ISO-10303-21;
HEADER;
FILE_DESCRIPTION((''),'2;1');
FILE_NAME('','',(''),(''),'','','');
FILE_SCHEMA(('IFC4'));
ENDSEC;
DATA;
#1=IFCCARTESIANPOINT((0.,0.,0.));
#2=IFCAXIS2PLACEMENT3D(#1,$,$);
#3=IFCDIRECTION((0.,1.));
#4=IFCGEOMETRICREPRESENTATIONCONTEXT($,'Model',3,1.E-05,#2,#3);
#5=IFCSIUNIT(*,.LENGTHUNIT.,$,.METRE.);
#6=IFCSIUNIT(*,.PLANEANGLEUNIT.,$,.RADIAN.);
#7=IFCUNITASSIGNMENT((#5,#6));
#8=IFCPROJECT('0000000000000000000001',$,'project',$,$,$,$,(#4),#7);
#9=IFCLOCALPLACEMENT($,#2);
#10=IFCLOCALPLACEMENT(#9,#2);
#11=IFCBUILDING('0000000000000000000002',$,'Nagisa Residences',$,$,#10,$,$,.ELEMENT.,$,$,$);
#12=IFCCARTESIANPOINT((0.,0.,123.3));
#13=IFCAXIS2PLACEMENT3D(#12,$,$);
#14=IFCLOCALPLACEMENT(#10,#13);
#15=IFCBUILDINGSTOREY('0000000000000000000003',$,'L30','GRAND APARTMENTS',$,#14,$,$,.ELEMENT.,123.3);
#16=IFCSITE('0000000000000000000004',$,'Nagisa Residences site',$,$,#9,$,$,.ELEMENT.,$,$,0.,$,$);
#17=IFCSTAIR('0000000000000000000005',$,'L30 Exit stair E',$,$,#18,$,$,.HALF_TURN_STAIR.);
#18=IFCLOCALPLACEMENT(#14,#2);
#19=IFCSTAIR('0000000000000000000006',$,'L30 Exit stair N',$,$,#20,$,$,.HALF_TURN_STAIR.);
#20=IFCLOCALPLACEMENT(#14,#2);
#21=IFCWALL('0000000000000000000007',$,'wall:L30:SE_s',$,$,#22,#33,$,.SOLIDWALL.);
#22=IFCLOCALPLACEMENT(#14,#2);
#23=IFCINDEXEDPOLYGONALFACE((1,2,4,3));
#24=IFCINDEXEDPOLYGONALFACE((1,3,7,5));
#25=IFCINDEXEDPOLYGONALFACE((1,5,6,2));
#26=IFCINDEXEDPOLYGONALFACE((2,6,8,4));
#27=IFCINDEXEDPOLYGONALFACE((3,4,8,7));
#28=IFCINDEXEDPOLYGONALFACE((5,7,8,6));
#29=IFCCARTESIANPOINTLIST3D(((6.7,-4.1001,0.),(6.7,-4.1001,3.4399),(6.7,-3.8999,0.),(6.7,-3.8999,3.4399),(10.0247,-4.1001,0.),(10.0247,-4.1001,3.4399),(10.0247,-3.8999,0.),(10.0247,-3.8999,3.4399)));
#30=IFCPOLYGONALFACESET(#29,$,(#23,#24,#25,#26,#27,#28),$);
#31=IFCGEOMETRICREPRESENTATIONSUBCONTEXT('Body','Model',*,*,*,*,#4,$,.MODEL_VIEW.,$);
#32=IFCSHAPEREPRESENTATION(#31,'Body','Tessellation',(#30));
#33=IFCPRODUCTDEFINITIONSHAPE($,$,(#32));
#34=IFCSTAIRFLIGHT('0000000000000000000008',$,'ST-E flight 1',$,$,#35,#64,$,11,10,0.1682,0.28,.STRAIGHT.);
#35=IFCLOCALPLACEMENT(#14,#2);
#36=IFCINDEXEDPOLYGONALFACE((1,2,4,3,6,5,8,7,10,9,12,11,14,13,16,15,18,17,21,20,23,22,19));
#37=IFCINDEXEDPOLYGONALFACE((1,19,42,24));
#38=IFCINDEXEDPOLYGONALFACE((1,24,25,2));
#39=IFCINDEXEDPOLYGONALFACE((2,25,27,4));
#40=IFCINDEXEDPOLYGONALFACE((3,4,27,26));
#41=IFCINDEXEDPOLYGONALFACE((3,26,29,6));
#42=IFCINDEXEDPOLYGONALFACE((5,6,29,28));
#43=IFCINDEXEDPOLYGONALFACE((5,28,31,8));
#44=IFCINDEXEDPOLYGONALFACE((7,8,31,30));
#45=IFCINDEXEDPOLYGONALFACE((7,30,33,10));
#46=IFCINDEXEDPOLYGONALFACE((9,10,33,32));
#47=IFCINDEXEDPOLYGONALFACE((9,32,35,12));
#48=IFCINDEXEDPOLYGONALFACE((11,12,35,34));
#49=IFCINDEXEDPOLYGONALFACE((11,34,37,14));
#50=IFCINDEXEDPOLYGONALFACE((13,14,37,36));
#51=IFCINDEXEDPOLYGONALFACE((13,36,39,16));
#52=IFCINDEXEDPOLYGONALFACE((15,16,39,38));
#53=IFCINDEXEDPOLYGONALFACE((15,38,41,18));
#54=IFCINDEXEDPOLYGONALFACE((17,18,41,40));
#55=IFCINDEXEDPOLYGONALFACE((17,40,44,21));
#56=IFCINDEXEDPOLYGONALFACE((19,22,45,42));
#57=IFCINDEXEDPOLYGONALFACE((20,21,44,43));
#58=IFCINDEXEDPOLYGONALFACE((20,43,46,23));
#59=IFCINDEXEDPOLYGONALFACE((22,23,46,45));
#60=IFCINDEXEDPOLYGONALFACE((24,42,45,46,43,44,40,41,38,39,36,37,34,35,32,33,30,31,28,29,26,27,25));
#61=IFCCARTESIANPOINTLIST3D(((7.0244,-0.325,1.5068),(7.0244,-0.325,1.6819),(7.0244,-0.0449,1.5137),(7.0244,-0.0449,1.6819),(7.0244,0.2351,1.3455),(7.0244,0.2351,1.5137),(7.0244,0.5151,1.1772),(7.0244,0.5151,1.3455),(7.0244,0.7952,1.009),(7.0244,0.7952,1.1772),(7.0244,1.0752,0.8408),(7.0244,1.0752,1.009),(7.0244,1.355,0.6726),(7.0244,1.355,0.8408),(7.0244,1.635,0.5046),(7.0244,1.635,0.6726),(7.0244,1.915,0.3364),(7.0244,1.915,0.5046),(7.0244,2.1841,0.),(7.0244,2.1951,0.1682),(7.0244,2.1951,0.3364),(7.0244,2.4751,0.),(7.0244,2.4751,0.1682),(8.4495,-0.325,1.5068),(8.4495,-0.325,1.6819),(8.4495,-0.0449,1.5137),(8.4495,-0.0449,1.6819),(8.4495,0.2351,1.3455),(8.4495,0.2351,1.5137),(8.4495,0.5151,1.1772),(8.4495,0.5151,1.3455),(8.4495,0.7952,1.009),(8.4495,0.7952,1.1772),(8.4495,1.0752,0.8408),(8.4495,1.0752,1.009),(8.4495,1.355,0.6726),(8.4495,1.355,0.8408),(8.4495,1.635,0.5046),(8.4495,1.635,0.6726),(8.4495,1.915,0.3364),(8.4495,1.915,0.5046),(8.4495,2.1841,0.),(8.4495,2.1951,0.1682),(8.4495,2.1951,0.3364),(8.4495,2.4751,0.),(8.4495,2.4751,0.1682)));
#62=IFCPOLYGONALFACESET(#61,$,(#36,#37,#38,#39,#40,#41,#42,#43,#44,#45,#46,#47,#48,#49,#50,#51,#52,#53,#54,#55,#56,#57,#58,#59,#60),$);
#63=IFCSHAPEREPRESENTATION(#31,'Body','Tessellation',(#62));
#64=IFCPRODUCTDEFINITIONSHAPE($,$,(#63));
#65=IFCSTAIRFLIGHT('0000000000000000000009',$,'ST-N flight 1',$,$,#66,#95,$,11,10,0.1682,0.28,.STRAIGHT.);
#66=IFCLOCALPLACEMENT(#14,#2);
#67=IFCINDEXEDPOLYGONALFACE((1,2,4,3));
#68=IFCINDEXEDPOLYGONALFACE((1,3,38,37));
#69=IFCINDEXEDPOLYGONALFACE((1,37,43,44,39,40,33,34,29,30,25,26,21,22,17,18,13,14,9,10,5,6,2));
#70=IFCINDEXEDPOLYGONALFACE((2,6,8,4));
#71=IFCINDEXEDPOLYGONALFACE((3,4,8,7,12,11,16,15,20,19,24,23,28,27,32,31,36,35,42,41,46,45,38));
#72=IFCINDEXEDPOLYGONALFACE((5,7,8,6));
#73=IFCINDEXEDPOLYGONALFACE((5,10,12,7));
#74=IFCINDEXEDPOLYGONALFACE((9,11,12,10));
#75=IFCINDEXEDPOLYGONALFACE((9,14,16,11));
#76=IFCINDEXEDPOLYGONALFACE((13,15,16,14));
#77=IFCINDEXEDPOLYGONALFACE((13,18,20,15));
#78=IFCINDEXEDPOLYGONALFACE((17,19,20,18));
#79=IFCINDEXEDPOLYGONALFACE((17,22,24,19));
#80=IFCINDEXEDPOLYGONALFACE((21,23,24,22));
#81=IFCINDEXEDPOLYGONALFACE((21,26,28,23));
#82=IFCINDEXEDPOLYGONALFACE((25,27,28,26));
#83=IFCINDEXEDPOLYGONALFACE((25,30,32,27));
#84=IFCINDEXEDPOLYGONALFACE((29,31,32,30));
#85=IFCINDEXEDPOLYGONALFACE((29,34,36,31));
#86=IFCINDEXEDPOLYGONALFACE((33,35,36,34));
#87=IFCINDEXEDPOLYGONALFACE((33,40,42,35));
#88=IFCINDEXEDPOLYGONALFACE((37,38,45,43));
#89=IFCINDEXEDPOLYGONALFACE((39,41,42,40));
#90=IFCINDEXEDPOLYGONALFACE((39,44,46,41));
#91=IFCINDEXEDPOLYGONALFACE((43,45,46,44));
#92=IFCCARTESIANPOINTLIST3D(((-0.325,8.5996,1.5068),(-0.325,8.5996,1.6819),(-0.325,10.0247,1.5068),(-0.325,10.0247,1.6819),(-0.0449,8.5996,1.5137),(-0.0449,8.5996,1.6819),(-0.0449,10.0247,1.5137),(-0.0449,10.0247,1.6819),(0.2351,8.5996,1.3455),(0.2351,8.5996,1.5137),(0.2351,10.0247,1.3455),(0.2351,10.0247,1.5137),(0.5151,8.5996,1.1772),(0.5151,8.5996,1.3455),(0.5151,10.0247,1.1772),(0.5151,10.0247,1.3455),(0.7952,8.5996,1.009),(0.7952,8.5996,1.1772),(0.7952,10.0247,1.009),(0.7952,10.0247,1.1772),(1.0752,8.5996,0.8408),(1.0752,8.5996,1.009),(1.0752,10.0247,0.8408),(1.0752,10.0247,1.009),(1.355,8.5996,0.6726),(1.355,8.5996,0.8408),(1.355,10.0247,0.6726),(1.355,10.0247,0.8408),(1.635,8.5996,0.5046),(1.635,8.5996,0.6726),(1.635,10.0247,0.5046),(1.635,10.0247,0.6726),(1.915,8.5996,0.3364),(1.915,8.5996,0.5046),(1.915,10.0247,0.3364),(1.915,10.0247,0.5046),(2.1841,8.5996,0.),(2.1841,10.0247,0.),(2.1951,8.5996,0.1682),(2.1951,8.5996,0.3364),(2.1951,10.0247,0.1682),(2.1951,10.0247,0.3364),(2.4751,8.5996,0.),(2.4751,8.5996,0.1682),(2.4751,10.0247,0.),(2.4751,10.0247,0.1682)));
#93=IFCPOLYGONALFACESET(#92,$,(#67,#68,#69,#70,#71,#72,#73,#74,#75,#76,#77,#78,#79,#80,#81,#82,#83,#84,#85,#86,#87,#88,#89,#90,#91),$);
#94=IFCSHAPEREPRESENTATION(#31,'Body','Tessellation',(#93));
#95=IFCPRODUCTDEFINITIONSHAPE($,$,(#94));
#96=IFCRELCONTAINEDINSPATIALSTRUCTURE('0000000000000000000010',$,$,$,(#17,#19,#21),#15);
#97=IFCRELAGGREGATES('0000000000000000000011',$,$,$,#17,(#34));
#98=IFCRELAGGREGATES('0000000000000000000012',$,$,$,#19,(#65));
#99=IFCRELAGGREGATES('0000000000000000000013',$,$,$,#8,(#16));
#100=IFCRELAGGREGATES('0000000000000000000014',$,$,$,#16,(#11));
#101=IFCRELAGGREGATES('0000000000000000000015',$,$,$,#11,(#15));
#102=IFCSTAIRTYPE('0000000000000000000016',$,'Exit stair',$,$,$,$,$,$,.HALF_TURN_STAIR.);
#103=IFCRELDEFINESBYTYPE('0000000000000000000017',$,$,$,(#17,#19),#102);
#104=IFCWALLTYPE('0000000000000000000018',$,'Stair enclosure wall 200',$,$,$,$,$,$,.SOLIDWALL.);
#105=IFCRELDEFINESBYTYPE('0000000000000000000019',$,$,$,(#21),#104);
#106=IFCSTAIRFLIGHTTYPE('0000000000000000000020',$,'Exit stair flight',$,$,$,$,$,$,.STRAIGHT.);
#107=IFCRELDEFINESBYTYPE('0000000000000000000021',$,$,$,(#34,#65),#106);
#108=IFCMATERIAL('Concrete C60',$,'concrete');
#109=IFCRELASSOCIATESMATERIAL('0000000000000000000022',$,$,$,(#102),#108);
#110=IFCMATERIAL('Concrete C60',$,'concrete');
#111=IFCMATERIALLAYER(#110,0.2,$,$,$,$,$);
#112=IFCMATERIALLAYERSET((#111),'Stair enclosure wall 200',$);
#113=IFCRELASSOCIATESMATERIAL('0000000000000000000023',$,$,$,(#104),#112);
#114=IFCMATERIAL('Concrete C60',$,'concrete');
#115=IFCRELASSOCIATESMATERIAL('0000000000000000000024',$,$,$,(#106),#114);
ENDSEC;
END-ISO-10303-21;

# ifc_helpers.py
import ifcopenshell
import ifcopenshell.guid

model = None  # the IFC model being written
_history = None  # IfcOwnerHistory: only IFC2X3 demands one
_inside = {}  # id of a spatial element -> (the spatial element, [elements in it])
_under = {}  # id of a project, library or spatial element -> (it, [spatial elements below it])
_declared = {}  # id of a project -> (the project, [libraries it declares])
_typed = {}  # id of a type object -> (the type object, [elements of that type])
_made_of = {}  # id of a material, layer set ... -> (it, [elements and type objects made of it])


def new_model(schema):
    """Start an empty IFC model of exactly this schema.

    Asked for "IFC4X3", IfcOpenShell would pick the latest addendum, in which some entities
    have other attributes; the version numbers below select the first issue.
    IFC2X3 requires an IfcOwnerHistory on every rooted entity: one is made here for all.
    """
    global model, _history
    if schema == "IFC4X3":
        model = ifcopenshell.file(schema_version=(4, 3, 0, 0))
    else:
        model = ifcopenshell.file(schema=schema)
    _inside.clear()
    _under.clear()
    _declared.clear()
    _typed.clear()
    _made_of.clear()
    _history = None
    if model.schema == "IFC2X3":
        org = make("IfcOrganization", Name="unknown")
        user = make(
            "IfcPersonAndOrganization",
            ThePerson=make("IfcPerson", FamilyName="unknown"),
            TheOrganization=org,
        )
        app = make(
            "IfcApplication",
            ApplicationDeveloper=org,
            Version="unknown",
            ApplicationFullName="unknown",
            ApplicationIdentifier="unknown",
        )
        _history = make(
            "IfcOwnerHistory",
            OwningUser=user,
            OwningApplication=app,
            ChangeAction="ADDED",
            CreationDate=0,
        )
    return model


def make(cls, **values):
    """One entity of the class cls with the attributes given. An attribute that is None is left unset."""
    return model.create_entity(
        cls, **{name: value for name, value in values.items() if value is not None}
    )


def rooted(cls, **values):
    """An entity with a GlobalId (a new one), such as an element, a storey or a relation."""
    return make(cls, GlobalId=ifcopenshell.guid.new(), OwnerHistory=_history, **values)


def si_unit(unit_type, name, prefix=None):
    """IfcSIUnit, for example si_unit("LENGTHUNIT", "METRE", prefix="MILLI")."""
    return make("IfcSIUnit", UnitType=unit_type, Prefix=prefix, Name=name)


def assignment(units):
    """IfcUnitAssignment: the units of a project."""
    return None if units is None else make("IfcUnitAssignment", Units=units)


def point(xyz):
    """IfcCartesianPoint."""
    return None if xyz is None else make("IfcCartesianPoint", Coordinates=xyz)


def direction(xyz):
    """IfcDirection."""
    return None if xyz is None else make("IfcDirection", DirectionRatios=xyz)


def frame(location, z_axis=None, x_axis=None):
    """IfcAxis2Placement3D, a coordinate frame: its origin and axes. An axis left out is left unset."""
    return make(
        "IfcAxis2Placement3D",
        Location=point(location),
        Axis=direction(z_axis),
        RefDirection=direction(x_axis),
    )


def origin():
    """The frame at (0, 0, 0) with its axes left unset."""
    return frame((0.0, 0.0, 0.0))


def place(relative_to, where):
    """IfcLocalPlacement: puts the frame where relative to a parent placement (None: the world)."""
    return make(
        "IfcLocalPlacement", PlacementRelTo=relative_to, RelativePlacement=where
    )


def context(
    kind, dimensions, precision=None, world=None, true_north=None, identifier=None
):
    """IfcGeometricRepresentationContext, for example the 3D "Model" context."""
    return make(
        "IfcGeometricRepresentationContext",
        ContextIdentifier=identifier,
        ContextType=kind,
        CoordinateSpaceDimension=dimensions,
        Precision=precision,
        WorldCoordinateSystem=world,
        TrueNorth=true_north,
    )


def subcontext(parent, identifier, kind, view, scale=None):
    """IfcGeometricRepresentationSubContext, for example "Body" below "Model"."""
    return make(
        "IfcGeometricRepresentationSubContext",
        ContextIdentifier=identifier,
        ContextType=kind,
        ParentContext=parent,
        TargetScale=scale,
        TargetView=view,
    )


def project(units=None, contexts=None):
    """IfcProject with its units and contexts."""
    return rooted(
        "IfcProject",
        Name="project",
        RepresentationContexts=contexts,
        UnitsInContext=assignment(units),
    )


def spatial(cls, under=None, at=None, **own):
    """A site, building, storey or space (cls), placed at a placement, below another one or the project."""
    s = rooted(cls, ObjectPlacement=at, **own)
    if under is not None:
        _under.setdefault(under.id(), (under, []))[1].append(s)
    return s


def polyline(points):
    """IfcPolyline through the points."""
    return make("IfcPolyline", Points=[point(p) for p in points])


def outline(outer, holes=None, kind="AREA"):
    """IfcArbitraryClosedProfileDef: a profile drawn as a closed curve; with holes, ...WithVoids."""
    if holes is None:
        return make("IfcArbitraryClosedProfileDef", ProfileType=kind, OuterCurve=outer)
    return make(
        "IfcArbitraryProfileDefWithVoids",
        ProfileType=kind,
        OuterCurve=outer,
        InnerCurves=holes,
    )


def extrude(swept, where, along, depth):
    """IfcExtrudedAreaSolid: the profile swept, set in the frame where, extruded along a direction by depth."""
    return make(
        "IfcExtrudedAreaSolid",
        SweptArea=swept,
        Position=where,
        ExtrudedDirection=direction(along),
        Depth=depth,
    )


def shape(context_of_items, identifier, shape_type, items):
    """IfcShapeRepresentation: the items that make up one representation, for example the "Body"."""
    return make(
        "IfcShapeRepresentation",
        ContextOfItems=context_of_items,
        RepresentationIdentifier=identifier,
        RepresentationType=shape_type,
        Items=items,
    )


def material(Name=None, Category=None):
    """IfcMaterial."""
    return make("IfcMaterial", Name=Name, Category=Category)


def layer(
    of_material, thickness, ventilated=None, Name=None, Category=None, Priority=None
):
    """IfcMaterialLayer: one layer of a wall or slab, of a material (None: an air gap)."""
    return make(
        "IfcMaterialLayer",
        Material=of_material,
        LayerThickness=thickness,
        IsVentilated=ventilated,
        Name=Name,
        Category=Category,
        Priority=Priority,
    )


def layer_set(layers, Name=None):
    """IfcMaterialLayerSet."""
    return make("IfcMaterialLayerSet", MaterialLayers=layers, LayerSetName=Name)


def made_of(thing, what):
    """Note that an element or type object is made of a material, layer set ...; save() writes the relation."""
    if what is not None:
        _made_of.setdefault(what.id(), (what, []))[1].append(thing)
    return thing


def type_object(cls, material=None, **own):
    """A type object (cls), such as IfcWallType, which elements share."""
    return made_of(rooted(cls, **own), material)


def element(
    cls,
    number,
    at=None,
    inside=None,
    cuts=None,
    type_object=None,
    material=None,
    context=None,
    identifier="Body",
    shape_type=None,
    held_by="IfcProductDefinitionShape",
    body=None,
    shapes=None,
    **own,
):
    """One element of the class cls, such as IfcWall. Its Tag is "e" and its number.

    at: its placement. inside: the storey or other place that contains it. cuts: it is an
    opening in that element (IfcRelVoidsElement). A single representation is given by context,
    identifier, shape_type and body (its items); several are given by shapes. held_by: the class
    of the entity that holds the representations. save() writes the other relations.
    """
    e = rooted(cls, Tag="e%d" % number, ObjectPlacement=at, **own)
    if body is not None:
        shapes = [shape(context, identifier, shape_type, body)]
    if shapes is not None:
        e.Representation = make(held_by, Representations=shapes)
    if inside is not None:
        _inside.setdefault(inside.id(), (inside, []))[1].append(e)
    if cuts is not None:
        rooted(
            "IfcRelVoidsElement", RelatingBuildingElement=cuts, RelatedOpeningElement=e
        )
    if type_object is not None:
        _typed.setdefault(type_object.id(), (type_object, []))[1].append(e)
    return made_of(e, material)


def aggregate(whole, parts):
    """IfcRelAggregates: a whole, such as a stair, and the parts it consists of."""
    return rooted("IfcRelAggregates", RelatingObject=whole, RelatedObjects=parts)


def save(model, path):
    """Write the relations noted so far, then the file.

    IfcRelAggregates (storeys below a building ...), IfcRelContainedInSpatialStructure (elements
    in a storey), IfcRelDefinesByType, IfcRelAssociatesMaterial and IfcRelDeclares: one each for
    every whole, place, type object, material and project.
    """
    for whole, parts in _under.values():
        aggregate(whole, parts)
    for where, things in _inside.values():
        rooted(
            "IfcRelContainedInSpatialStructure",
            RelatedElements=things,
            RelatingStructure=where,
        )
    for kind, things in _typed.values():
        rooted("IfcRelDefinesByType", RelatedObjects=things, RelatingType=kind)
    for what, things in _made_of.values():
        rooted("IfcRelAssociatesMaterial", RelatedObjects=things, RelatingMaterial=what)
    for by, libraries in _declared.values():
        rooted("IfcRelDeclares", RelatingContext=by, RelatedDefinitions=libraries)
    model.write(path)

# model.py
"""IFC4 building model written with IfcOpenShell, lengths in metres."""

from ifc_helpers import new_model, si_unit, direction, frame, origin, place, context, subcontext, project, spatial, polyline, outline, extrude, material, layer, layer_set, type_object, element, aggregate, save


model = new_model("IFC4")

# Units and contexts
model_context = context("Model", 3, precision=1e-05, world=origin(), true_north=direction((0.0, 1.0)))
body_context = subcontext(model_context, "Body", "Model", "MODEL_VIEW")
ifc_project = project(units=[si_unit("LENGTHUNIT", "METRE"), si_unit("PLANEANGLEUNIT", "RADIAN")], contexts=[model_context])

# Site, building, storey
site_placement = place(None, origin())
site = spatial("IfcSite", under=ifc_project, at=site_placement, Name="Nagisa Residences site", CompositionType="ELEMENT", RefElevation=0.0)
building_placement = place(site_placement, origin())
building = spatial("IfcBuilding", under=site, at=building_placement, Name="Nagisa Residences", CompositionType="ELEMENT")
storey_placement = place(building_placement, frame((0.0, 0.0, 123.3)))
storey = spatial("IfcBuildingStorey", under=building, at=storey_placement, Name="L30", Description="GRAND APARTMENTS", CompositionType="ELEMENT", Elevation=123.3)

# Stairs
ifc_material_1 = material(Name="Concrete C60", Category="concrete")
stair_type = type_object("IfcStairType", Name="Exit stair", PredefinedType="HALF_TURN_STAIR", material=ifc_material_1)
stair_1_placement = place(storey_placement, origin())
stair_1 = element("IfcStair", 1, at=stair_1_placement, inside=storey, type_object=stair_type, Name="L30 Exit stair E", PredefinedType="HALF_TURN_STAIR")
stair_2_placement = place(storey_placement, origin())
stair_2 = element("IfcStair", 2, at=stair_2_placement, inside=storey, type_object=stair_type, Name="L30 Exit stair N", PredefinedType="HALF_TURN_STAIR")

# Shared definitions
ifc_material_2 = material(Name="Concrete C60", Category="concrete")
ifc_layer_1 = layer(ifc_material_2, 0.2)
ifc_layer_set_1 = layer_set([ifc_layer_1], Name="Stair enclosure wall 200")
wall_type_1 = type_object("IfcWallType", Name="Stair enclosure wall 200", PredefinedType="SOLIDWALL", material=ifc_layer_set_1)

# Wall
wall_1_placement = place(storey_placement, origin())
element("IfcWall", 3, at=wall_1_placement, inside=storey, type_object=wall_type_1, Name="wall:L30:SE_s", PredefinedType="SOLIDWALL", context=body_context, shape_type="SweptSolid", body=[
    extrude(outline(polyline([(10.0247, -4.1001), (6.7, -4.1001), (6.7, -3.8999), (10.0247, -3.8999), (10.0247, -4.1001)])), origin(), (0.0, 0.0, 1.0), 3.4399),
])

# Stair flights
ifc_material_3 = material(Name="Concrete C60", Category="concrete")
stair_flight_type = type_object("IfcStairFlightType", Name="Exit stair flight", PredefinedType="STRAIGHT", material=ifc_material_3)
stair_flight_1_placement = place(storey_placement, frame((7.7371, 2.4751, 0.0), z_axis=(0.0, 0.0, 1.0), x_axis=(0.0, -1.0, 0.0)))
stair_flight_1 = element("IfcStairFlight", 4, at=stair_flight_1_placement, type_object=stair_flight_type, Name="ST-E flight 1", NumberOfRisers=11, NumberOfTreads=10, PredefinedType="STRAIGHT", RiserHeight=0.1682, TreadLength=0.28, context=body_context, shape_type="SweptSolid", body=[
    extrude(outline(polyline([(0.0, 0.0), (0.0, 0.1682), (0.28, 0.1682), (0.28, 0.3364), (0.5601, 0.3364), (0.5601, 0.5046), (0.8401, 0.5046), (0.8401, 0.6726), (1.1201, 0.6726), (1.1201, 0.8408), (1.3999, 0.8408), (1.3999, 1.009), (1.6799, 1.009), (1.6799, 1.1772), (1.96, 1.1772), (1.96, 1.3455), (2.24, 1.3455), (2.24, 1.5137), (2.52, 1.5137), (2.52, 1.6819), (2.8, 1.6819), (2.8, 1.8501), (2.8, 1.5068), (0.291, 0.0), (0.0, 0.0)])), frame((0.0, 0.7124, 0.0), z_axis=(0.0, -1.0, 0.0), x_axis=(1.0, 0.0, 0.0)), (0.0, 0.0, 1.0), 1.425),
])
aggregate(stair_1, [stair_flight_1])
stair_flight_2_placement = place(storey_placement, frame((2.4751, 9.312, 0.0), z_axis=(0.0, 0.0, 1.0), x_axis=(-1.0, 0.0, 0.0)))
stair_flight_2 = element("IfcStairFlight", 5, at=stair_flight_2_placement, type_object=stair_flight_type, Name="ST-N flight 1", NumberOfRisers=11, NumberOfTreads=10, PredefinedType="STRAIGHT", RiserHeight=0.1682, TreadLength=0.28, context=body_context, shape_type="SweptSolid", body=[
    extrude(outline(polyline([(0.0, 0.0), (0.0, 0.1682), (0.28, 0.1682), (0.28, 0.3364), (0.5601, 0.3364), (0.5601, 0.5046), (0.8401, 0.5046), (0.8401, 0.6726), (1.1201, 0.6726), (1.1201, 0.8408), (1.3999, 0.8408), (1.3999, 1.009), (1.6799, 1.009), (1.6799, 1.1772), (1.96, 1.1772), (1.96, 1.3455), (2.24, 1.3455), (2.24, 1.5137), (2.52, 1.5137), (2.52, 1.6819), (2.8, 1.6819), (2.8, 1.8501), (2.8, 1.5068), (0.291, 0.0), (0.0, 0.0)])), frame((0.0, 0.7124, 0.0), z_axis=(0.0, -1.0, 0.0), x_axis=(1.0, 0.0, 0.0)), (0.0, 0.0, 1.0), 1.425),
])
aggregate(stair_2, [stair_flight_2])

save(model, "model.ifc")
